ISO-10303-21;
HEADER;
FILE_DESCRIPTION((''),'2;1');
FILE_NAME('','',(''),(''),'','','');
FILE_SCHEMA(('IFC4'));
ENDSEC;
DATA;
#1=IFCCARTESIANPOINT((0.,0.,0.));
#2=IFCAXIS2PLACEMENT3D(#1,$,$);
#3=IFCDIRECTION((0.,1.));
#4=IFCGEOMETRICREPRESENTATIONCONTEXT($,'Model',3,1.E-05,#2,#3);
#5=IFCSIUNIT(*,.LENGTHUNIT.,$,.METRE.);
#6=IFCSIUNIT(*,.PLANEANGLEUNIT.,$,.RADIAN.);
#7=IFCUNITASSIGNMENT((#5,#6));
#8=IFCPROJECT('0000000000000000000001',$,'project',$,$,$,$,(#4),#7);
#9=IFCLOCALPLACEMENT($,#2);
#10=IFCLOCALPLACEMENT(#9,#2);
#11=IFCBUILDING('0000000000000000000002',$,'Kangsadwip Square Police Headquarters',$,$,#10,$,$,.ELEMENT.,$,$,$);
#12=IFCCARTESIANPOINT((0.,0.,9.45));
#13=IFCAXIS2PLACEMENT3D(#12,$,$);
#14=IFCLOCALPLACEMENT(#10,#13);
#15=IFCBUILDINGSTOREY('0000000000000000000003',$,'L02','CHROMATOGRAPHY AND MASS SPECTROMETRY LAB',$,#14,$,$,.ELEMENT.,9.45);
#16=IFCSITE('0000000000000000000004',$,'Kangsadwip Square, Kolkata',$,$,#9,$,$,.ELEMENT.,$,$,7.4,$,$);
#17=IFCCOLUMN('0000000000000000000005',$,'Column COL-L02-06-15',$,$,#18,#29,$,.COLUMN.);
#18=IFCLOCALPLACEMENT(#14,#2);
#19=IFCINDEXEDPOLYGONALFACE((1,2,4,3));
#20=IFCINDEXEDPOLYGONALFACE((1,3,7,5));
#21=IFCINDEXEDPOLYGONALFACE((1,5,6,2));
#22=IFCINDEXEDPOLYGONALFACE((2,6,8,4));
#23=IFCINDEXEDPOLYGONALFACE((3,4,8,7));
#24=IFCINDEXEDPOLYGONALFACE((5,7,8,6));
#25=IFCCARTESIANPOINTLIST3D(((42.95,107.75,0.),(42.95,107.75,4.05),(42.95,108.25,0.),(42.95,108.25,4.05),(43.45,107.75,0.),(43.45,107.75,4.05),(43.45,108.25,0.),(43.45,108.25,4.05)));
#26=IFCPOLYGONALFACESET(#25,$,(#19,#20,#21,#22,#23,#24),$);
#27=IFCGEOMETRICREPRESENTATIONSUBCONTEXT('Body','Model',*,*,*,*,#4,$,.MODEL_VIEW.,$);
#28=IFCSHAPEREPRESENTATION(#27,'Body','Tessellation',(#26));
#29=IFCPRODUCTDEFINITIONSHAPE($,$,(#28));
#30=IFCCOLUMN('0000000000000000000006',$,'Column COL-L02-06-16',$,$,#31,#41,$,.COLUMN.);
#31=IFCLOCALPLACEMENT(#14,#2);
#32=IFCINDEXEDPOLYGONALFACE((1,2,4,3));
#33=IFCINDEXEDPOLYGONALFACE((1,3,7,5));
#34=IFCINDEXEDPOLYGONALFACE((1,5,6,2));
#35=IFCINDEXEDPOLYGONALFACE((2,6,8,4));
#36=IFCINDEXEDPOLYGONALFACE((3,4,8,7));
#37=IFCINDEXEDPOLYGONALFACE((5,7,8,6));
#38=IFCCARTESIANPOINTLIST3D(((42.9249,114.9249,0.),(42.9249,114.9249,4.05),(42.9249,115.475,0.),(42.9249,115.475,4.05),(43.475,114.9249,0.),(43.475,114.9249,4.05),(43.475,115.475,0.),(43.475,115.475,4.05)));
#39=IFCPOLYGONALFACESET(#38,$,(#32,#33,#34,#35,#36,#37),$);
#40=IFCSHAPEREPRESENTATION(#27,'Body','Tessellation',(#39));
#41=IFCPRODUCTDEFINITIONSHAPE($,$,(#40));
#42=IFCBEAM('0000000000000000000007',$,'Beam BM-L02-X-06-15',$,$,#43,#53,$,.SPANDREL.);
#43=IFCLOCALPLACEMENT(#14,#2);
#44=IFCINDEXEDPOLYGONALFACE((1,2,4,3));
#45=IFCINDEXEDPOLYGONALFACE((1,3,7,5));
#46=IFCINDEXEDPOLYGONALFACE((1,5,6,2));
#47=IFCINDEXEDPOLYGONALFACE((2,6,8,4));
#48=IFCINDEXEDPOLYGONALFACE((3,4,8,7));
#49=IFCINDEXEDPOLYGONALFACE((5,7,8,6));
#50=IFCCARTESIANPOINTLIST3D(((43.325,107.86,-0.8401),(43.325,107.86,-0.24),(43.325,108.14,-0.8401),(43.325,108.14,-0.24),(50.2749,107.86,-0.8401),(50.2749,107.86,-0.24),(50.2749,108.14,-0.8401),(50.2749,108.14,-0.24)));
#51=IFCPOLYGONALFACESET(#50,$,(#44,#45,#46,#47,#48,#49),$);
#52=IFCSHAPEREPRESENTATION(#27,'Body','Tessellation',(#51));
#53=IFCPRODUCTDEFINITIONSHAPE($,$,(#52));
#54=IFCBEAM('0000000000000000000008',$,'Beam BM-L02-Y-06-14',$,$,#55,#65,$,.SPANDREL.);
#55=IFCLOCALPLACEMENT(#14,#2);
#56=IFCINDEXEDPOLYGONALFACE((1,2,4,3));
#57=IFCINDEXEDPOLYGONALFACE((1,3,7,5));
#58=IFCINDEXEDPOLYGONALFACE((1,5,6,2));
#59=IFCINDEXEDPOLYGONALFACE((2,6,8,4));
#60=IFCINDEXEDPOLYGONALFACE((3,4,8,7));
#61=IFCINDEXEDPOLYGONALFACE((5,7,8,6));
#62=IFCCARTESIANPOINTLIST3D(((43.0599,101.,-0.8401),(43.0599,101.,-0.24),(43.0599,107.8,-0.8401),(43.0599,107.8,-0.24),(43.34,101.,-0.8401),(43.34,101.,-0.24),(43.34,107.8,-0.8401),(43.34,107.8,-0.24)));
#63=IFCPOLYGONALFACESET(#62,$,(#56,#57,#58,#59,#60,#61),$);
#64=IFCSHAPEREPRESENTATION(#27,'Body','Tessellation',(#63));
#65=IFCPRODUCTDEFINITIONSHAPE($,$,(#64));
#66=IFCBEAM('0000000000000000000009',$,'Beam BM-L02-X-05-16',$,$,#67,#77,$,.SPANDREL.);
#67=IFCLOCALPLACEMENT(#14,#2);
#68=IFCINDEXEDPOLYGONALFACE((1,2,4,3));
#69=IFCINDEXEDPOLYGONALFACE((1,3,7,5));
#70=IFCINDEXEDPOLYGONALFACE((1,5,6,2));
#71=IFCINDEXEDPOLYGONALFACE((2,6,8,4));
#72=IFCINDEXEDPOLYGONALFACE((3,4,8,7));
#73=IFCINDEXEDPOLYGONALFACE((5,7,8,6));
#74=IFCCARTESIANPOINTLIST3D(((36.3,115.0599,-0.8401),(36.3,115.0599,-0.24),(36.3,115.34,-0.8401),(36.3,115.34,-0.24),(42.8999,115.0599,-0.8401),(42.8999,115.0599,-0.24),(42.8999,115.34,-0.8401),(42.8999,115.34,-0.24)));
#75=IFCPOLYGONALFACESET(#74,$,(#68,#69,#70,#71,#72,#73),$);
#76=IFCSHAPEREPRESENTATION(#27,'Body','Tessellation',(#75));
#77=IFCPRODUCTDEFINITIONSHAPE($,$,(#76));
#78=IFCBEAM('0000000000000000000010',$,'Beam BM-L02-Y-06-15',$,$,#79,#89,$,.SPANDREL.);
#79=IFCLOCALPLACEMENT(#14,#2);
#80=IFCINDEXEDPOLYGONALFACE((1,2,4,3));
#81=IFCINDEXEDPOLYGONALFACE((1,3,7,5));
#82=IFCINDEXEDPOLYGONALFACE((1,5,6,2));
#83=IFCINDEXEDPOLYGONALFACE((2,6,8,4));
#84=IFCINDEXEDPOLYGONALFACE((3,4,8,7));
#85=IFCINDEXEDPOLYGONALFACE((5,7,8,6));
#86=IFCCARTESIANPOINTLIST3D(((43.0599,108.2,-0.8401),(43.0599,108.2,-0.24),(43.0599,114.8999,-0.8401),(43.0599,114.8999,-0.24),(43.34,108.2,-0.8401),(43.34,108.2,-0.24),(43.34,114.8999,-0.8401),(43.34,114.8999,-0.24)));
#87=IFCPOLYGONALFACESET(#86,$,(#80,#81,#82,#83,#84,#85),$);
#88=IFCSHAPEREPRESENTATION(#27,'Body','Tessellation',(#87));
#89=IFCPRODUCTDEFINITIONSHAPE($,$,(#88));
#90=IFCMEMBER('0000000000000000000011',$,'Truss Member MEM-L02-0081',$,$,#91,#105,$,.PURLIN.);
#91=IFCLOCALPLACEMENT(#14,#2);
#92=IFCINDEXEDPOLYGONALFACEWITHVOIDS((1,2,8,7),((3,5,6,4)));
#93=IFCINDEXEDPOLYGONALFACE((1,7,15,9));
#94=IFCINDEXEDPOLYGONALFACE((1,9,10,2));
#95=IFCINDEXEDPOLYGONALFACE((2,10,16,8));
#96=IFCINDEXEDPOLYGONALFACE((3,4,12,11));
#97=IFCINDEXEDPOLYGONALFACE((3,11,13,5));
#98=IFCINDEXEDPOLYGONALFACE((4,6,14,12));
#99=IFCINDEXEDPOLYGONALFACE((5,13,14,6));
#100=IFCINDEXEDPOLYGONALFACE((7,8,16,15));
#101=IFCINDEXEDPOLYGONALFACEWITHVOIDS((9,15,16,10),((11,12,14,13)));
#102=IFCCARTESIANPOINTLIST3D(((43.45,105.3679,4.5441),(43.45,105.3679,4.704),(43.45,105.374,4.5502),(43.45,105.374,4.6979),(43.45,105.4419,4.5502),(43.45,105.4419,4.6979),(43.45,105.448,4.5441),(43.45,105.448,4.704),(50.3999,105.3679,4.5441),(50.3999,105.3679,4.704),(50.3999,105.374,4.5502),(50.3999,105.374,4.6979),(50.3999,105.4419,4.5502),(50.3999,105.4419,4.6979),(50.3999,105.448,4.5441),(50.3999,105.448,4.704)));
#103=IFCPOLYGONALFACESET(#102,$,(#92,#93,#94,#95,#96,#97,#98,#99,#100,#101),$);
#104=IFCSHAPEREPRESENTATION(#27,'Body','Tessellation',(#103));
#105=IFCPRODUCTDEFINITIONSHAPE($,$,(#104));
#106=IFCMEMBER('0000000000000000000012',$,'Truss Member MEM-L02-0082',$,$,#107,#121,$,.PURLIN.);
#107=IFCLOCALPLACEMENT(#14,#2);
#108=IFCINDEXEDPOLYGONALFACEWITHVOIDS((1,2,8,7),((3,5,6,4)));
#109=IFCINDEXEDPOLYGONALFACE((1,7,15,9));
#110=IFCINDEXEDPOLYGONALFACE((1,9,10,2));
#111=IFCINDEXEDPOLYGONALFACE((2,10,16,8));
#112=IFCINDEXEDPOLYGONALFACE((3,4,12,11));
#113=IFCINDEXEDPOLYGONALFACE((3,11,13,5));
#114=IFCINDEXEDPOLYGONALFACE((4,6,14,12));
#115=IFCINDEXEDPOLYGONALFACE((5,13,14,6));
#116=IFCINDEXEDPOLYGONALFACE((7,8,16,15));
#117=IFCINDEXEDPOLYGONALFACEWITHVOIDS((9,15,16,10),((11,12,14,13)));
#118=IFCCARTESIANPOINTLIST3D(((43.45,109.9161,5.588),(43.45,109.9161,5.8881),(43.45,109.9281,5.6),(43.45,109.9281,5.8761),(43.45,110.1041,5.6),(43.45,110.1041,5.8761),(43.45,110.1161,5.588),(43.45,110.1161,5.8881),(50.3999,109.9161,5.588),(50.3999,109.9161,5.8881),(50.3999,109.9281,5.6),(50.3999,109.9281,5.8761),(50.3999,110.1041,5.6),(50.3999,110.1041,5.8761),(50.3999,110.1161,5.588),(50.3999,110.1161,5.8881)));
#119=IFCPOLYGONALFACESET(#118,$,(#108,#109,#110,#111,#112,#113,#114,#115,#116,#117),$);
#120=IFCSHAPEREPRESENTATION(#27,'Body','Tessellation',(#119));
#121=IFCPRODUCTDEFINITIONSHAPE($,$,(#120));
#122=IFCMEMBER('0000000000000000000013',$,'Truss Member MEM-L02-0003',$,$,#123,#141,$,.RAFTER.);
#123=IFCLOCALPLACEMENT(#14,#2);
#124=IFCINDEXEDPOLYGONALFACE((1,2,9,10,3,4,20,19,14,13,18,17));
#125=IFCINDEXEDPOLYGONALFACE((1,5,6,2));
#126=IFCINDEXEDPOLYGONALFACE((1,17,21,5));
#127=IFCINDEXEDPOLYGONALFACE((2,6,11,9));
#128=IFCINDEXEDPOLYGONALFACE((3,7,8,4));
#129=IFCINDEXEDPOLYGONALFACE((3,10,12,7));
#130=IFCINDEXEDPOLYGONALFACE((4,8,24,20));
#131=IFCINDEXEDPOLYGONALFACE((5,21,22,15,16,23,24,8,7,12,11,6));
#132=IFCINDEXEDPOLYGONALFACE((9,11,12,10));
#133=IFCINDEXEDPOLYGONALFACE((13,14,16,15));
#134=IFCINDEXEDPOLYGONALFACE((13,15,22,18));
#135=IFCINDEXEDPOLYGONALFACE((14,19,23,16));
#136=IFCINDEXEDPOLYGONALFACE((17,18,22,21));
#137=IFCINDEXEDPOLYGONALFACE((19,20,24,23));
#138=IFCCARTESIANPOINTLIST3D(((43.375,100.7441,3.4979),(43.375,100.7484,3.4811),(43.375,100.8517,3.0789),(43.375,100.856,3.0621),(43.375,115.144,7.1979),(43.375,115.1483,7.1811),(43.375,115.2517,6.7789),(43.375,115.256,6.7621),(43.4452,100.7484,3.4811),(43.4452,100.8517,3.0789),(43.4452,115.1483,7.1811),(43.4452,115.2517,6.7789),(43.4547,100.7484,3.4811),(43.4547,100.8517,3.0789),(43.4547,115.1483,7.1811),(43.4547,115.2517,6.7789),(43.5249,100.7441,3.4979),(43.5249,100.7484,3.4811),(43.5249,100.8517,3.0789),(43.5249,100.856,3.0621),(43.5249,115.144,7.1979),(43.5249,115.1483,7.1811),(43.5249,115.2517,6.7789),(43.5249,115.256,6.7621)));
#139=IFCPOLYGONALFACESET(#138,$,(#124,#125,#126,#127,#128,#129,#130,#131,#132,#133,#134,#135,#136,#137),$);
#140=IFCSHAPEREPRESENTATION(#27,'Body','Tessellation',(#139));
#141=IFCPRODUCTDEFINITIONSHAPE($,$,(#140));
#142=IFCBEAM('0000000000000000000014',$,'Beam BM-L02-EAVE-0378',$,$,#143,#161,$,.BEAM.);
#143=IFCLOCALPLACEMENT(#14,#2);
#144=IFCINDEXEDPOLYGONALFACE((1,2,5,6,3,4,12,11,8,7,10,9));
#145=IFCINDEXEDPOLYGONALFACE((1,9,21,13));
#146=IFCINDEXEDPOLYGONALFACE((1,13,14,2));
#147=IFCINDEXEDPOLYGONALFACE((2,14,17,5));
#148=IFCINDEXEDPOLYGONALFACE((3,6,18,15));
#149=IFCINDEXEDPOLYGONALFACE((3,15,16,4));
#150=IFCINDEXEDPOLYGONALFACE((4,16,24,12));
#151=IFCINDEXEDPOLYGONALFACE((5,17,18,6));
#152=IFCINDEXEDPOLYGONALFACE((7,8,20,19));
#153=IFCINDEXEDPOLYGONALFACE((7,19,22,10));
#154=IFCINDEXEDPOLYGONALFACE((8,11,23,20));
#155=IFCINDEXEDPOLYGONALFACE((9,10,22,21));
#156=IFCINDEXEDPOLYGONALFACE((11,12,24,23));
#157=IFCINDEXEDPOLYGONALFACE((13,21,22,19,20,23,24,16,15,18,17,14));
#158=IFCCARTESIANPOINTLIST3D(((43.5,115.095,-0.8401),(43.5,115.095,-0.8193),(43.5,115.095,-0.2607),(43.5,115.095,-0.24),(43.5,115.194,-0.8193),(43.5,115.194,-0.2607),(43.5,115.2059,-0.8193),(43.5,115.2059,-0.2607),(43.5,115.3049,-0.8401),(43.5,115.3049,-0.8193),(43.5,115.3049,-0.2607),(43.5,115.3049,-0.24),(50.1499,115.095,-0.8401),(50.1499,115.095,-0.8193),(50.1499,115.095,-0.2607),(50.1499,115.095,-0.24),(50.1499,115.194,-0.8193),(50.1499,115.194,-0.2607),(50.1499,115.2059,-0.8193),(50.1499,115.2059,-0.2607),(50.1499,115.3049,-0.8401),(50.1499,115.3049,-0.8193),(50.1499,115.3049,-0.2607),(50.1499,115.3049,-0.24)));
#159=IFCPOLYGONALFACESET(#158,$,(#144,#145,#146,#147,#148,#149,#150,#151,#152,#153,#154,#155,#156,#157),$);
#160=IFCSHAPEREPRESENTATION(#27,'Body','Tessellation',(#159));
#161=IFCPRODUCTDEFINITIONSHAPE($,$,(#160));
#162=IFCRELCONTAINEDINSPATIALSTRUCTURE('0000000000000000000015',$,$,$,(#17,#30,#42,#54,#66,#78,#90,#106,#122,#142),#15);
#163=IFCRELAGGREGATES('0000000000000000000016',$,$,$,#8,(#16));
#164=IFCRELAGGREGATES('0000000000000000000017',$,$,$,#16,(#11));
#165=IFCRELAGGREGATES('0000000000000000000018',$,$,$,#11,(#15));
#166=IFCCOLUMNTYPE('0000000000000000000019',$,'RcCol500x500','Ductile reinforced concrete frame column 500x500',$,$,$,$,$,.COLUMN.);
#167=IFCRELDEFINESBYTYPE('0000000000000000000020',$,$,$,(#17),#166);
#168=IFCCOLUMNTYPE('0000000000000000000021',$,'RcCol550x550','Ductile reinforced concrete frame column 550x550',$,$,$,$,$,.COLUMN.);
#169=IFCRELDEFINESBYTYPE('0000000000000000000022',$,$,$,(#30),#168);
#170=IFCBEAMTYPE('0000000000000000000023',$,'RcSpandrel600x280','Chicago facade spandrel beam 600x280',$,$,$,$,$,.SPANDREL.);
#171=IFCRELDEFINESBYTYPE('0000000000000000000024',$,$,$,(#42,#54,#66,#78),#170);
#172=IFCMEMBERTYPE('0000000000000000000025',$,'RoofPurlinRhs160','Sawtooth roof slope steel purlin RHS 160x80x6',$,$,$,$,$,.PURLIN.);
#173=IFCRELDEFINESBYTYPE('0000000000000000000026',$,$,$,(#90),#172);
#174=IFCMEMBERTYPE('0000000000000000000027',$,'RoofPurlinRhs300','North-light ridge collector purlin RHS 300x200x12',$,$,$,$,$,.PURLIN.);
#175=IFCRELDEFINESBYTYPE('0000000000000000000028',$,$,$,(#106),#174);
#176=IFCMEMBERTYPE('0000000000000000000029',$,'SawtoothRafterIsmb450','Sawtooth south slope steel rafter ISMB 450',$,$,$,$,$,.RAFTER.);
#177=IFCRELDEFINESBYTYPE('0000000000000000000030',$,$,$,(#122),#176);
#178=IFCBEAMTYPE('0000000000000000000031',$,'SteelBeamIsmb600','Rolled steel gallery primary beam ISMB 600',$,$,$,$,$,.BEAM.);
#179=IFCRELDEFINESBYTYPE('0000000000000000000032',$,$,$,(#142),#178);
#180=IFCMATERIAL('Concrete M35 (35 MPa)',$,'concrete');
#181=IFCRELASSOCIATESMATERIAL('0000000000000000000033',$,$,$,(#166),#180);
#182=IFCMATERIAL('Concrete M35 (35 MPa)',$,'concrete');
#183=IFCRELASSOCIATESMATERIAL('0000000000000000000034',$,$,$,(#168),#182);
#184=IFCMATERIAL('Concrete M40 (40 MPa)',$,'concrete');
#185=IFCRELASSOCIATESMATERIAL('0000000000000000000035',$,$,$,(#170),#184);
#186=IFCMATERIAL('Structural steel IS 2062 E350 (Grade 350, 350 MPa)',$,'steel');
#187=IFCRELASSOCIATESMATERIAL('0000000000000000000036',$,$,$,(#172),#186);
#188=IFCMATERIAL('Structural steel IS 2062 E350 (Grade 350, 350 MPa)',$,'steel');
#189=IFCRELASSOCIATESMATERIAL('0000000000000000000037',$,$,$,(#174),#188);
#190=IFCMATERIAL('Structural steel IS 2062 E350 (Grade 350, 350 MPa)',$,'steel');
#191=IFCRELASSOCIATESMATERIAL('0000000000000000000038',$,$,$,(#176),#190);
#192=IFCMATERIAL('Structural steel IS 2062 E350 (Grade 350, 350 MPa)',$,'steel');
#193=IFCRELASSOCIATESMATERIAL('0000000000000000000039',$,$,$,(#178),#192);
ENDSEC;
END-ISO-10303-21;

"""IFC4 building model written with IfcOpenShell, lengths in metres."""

from ifc_helpers import new_model, si_unit, direction, frame, origin, origin_2d, place, context, subcontext, project, spatial, rectangle, hollow_rectangle, i_section, extrude, material, material_profile, profile_set, type_object, element, save


model = new_model("IFC4")

# Units and contexts
model_context = context("Model", 3, precision=1e-05, world=origin(), true_north=direction((0.0, 1.0)))
body_context = subcontext(model_context, "Body", "Model", "MODEL_VIEW")
ifc_project = project(units=[si_unit("LENGTHUNIT", "METRE"), si_unit("PLANEANGLEUNIT", "RADIAN")], contexts=[model_context])

# Site, building, storey
site_placement = place(None, origin())
site = spatial("IfcSite", under=ifc_project, at=site_placement, Name="Kangsadwip Square, Kolkata", CompositionType="ELEMENT", RefElevation=7.4)
building_placement = place(site_placement, origin())
building = spatial("IfcBuilding", under=site, at=building_placement, Name="Kangsadwip Square Police Headquarters", CompositionType="ELEMENT")
storey_placement = place(building_placement, frame((0.0, 0.0, 9.45)))
storey = spatial("IfcBuildingStorey", under=building, at=storey_placement, Name="L02", Description="CHROMATOGRAPHY AND MASS SPECTROMETRY LAB", CompositionType="ELEMENT", Elevation=9.45)

# Columns
ifc_material_1 = material(Name="Concrete M35 (35 MPa)", Category="concrete")
ifc_material_profile_1 = material_profile(ifc_material_1, rectangle(XDim=0.5, YDim=0.5, at=origin_2d()), Name="RC COL 500X500")
ifc_profile_set_1 = profile_set([ifc_material_profile_1], Name="Concrete M35 (35 MPa)")
column_type_1 = type_object("IfcColumnType", Name="RcCol500x500", Description="Ductile reinforced concrete frame column 500x500", PredefinedType="COLUMN", material=ifc_profile_set_1)
column_1_placement = place(storey_placement, frame((43.2, 108.0, 0.0), z_axis=(0.0, 0.0, 1.0), x_axis=(1.0, 0.0, 0.0)))
element("IfcColumn", 1, at=column_1_placement, inside=storey, type_object=column_type_1, Name="Column COL-L02-06-15", PredefinedType="COLUMN", context=body_context, shape_type="SweptSolid", body=[
    extrude(rectangle(XDim=0.5, YDim=0.5, at=origin_2d()), origin(), (0.0, 0.0, 1.0), 4.05),
])
ifc_material_2 = material(Name="Concrete M35 (35 MPa)", Category="concrete")
ifc_material_profile_2 = material_profile(ifc_material_2, rectangle(XDim=0.55, YDim=0.55, at=origin_2d()), Name="RC COL 550X550")
ifc_profile_set_2 = profile_set([ifc_material_profile_2], Name="Concrete M35 (35 MPa)")
column_type_2 = type_object("IfcColumnType", Name="RcCol550x550", Description="Ductile reinforced concrete frame column 550x550", PredefinedType="COLUMN", material=ifc_profile_set_2)
column_2_placement = place(storey_placement, frame((43.2, 115.2, 0.0), z_axis=(0.0, 0.0, 1.0), x_axis=(1.0, 0.0, 0.0)))
element("IfcColumn", 2, at=column_2_placement, inside=storey, type_object=column_type_2, Name="Column COL-L02-06-16", PredefinedType="COLUMN", context=body_context, shape_type="SweptSolid", body=[
    extrude(rectangle(XDim=0.55, YDim=0.55, at=origin_2d()), origin(), (0.0, 0.0, 1.0), 4.05),
])

# Beams
ifc_material_3 = material(Name="Concrete M40 (40 MPa)", Category="concrete")
ifc_material_profile_3 = material_profile(ifc_material_3, rectangle(XDim=0.28, YDim=0.6001, at=origin_2d()), Name="RC SPN 600X280")
ifc_profile_set_3 = profile_set([ifc_material_profile_3], Name="Concrete M40 (40 MPa)")
beam_type_1 = type_object("IfcBeamType", Name="RcSpandrel600x280", Description="Chicago facade spandrel beam 600x280", PredefinedType="SPANDREL", material=ifc_profile_set_3)
beam_1_placement = place(storey_placement, frame((43.325, 108.0, -0.54), z_axis=(1.0, 0.0, 0.0), x_axis=(0.0, 1.0, 0.0)))
element("IfcBeam", 3, at=beam_1_placement, inside=storey, type_object=beam_type_1, Name="Beam BM-L02-X-06-15", PredefinedType="SPANDREL", context=body_context, shape_type="SweptSolid", body=[
    extrude(rectangle(XDim=0.28, YDim=0.6001, at=origin_2d()), origin(), (0.0, 0.0, 1.0), 6.95),
])
beam_2_placement = place(storey_placement, frame((43.2, 101.0, -0.54), z_axis=(0.0, 1.0, 0.0), x_axis=(-1.0, 0.0, 0.0)))
element("IfcBeam", 4, at=beam_2_placement, inside=storey, type_object=beam_type_1, Name="Beam BM-L02-Y-06-14", PredefinedType="SPANDREL", context=body_context, shape_type="SweptSolid", body=[
    extrude(rectangle(XDim=0.28, YDim=0.6001, at=origin_2d()), origin(), (0.0, 0.0, 1.0), 6.8),
])
beam_3_placement = place(storey_placement, frame((36.3, 115.2, -0.54), z_axis=(1.0, 0.0, 0.0), x_axis=(0.0, 1.0, 0.0)))
element("IfcBeam", 5, at=beam_3_placement, inside=storey, type_object=beam_type_1, Name="Beam BM-L02-X-05-16", PredefinedType="SPANDREL", context=body_context, shape_type="SweptSolid", body=[
    extrude(rectangle(XDim=0.28, YDim=0.6001, at=origin_2d()), origin(), (0.0, 0.0, 1.0), 6.5999),
])
beam_4_placement = place(storey_placement, frame((43.2, 108.2, -0.54), z_axis=(0.0, 1.0, 0.0), x_axis=(-1.0, 0.0, 0.0)))
element("IfcBeam", 6, at=beam_4_placement, inside=storey, type_object=beam_type_1, Name="Beam BM-L02-Y-06-15", PredefinedType="SPANDREL", context=body_context, shape_type="SweptSolid", body=[
    extrude(rectangle(XDim=0.28, YDim=0.6001, at=origin_2d()), origin(), (0.0, 0.0, 1.0), 6.7),
])

# Members
ifc_material_4 = material(Name="Structural steel IS 2062 E350 (Grade 350, 350 MPa)", Category="steel")
ifc_material_profile_4 = material_profile(ifc_material_4, hollow_rectangle(XDim=0.0801, YDim=0.1599, WallThickness=0.0061, at=origin_2d()), Name="RHS 160X80X6")
ifc_profile_set_4 = profile_set([ifc_material_profile_4], Name="Structural steel IS 2062 E350 (Grade 350, 350 MPa)")
member_type_1 = type_object("IfcMemberType", Name="RoofPurlinRhs160", Description="Sawtooth roof slope steel purlin RHS 160x80x6", PredefinedType="PURLIN", material=ifc_profile_set_4)
member_1_placement = place(storey_placement, frame((43.45, 105.408, 4.624), z_axis=(1.0, 0.0, 0.0), x_axis=(0.0, 1.0, 0.0)))
element("IfcMember", 7, at=member_1_placement, inside=storey, type_object=member_type_1, Name="Truss Member MEM-L02-0081", PredefinedType="PURLIN", context=body_context, shape_type="SweptSolid", body=[
    extrude(hollow_rectangle(XDim=0.0801, YDim=0.1599, WallThickness=0.0061, at=origin_2d()), origin(), (0.0, 0.0, 1.0), 6.95),
])
ifc_material_5 = material(Name="Structural steel IS 2062 E350 (Grade 350, 350 MPa)", Category="steel")
ifc_material_profile_5 = material_profile(ifc_material_5, hollow_rectangle(XDim=0.2, YDim=0.3, WallThickness=0.012, at=origin_2d()), Name="RHS 300X200X12")
ifc_profile_set_5 = profile_set([ifc_material_profile_5], Name="Structural steel IS 2062 E350 (Grade 350, 350 MPa)")
member_type_2 = type_object("IfcMemberType", Name="RoofPurlinRhs300", Description="North-light ridge collector purlin RHS 300x200x12", PredefinedType="PURLIN", material=ifc_profile_set_5)
member_2_placement = place(storey_placement, frame((43.45, 110.0161, 5.738), z_axis=(1.0, 0.0, 0.0), x_axis=(0.0, 1.0, 0.0)))
element("IfcMember", 8, at=member_2_placement, inside=storey, type_object=member_type_2, Name="Truss Member MEM-L02-0082", PredefinedType="PURLIN", context=body_context, shape_type="SweptSolid", body=[
    extrude(hollow_rectangle(XDim=0.2, YDim=0.3, WallThickness=0.012, at=origin_2d()), origin(), (0.0, 0.0, 1.0), 6.95),
])
ifc_material_6 = material(Name="Structural steel IS 2062 E350 (Grade 350, 350 MPa)", Category="steel")
ifc_material_profile_6 = material_profile(ifc_material_6, i_section(OverallWidth=0.1499, OverallDepth=0.45, WebThickness=0.0095, FlangeThickness=0.0173, at=origin_2d()), Name="ISMB 450")
ifc_profile_set_6 = profile_set([ifc_material_profile_6], Name="Structural steel IS 2062 E350 (Grade 350, 350 MPa)")
member_type_3 = type_object("IfcMemberType", Name="SawtoothRafterIsmb450", Description="Sawtooth south slope steel rafter ISMB 450", PredefinedType="RAFTER", material=ifc_profile_set_6)
member_3_placement = place(storey_placement, frame((43.45, 100.8, 3.28), z_axis=(0.0, 0.96854, 0.248859), x_axis=(-1.0, 0.0, 0.0)))
element("IfcMember", 9, at=member_3_placement, inside=storey, type_object=member_type_3, Name="Truss Member MEM-L02-0003", PredefinedType="RAFTER", context=body_context, shape_type="SweptSolid", body=[
    extrude(i_section(OverallWidth=0.1499, OverallDepth=0.45, WebThickness=0.0095, FlangeThickness=0.0173, at=origin_2d()), origin(), (0.0, 0.0, 1.0), 14.8677),
])

# Beam
ifc_material_7 = material(Name="Structural steel IS 2062 E350 (Grade 350, 350 MPa)", Category="steel")
ifc_material_profile_7 = material_profile(ifc_material_7, i_section(OverallWidth=0.21, OverallDepth=0.6001, WebThickness=0.012, FlangeThickness=0.0208, at=origin_2d()), Name="ISMB 600")
ifc_profile_set_7 = profile_set([ifc_material_profile_7], Name="Structural steel IS 2062 E350 (Grade 350, 350 MPa)")
beam_type_2 = type_object("IfcBeamType", Name="SteelBeamIsmb600", Description="Rolled steel gallery primary beam ISMB 600", PredefinedType="BEAM", material=ifc_profile_set_7)
beam_5_placement = place(storey_placement, frame((43.5, 115.2, -0.54), z_axis=(1.0, 0.0, 0.0), x_axis=(0.0, 1.0, 0.0)))
element("IfcBeam", 10, at=beam_5_placement, inside=storey, type_object=beam_type_2, Name="Beam BM-L02-EAVE-0378", PredefinedType="BEAM", context=body_context, shape_type="SweptSolid", body=[
    extrude(i_section(OverallWidth=0.21, OverallDepth=0.6001, WebThickness=0.012, FlangeThickness=0.0208, at=origin_2d()), origin(), (0.0, 0.0, 1.0), 6.6499),
])

save(model, "model.ifc")
